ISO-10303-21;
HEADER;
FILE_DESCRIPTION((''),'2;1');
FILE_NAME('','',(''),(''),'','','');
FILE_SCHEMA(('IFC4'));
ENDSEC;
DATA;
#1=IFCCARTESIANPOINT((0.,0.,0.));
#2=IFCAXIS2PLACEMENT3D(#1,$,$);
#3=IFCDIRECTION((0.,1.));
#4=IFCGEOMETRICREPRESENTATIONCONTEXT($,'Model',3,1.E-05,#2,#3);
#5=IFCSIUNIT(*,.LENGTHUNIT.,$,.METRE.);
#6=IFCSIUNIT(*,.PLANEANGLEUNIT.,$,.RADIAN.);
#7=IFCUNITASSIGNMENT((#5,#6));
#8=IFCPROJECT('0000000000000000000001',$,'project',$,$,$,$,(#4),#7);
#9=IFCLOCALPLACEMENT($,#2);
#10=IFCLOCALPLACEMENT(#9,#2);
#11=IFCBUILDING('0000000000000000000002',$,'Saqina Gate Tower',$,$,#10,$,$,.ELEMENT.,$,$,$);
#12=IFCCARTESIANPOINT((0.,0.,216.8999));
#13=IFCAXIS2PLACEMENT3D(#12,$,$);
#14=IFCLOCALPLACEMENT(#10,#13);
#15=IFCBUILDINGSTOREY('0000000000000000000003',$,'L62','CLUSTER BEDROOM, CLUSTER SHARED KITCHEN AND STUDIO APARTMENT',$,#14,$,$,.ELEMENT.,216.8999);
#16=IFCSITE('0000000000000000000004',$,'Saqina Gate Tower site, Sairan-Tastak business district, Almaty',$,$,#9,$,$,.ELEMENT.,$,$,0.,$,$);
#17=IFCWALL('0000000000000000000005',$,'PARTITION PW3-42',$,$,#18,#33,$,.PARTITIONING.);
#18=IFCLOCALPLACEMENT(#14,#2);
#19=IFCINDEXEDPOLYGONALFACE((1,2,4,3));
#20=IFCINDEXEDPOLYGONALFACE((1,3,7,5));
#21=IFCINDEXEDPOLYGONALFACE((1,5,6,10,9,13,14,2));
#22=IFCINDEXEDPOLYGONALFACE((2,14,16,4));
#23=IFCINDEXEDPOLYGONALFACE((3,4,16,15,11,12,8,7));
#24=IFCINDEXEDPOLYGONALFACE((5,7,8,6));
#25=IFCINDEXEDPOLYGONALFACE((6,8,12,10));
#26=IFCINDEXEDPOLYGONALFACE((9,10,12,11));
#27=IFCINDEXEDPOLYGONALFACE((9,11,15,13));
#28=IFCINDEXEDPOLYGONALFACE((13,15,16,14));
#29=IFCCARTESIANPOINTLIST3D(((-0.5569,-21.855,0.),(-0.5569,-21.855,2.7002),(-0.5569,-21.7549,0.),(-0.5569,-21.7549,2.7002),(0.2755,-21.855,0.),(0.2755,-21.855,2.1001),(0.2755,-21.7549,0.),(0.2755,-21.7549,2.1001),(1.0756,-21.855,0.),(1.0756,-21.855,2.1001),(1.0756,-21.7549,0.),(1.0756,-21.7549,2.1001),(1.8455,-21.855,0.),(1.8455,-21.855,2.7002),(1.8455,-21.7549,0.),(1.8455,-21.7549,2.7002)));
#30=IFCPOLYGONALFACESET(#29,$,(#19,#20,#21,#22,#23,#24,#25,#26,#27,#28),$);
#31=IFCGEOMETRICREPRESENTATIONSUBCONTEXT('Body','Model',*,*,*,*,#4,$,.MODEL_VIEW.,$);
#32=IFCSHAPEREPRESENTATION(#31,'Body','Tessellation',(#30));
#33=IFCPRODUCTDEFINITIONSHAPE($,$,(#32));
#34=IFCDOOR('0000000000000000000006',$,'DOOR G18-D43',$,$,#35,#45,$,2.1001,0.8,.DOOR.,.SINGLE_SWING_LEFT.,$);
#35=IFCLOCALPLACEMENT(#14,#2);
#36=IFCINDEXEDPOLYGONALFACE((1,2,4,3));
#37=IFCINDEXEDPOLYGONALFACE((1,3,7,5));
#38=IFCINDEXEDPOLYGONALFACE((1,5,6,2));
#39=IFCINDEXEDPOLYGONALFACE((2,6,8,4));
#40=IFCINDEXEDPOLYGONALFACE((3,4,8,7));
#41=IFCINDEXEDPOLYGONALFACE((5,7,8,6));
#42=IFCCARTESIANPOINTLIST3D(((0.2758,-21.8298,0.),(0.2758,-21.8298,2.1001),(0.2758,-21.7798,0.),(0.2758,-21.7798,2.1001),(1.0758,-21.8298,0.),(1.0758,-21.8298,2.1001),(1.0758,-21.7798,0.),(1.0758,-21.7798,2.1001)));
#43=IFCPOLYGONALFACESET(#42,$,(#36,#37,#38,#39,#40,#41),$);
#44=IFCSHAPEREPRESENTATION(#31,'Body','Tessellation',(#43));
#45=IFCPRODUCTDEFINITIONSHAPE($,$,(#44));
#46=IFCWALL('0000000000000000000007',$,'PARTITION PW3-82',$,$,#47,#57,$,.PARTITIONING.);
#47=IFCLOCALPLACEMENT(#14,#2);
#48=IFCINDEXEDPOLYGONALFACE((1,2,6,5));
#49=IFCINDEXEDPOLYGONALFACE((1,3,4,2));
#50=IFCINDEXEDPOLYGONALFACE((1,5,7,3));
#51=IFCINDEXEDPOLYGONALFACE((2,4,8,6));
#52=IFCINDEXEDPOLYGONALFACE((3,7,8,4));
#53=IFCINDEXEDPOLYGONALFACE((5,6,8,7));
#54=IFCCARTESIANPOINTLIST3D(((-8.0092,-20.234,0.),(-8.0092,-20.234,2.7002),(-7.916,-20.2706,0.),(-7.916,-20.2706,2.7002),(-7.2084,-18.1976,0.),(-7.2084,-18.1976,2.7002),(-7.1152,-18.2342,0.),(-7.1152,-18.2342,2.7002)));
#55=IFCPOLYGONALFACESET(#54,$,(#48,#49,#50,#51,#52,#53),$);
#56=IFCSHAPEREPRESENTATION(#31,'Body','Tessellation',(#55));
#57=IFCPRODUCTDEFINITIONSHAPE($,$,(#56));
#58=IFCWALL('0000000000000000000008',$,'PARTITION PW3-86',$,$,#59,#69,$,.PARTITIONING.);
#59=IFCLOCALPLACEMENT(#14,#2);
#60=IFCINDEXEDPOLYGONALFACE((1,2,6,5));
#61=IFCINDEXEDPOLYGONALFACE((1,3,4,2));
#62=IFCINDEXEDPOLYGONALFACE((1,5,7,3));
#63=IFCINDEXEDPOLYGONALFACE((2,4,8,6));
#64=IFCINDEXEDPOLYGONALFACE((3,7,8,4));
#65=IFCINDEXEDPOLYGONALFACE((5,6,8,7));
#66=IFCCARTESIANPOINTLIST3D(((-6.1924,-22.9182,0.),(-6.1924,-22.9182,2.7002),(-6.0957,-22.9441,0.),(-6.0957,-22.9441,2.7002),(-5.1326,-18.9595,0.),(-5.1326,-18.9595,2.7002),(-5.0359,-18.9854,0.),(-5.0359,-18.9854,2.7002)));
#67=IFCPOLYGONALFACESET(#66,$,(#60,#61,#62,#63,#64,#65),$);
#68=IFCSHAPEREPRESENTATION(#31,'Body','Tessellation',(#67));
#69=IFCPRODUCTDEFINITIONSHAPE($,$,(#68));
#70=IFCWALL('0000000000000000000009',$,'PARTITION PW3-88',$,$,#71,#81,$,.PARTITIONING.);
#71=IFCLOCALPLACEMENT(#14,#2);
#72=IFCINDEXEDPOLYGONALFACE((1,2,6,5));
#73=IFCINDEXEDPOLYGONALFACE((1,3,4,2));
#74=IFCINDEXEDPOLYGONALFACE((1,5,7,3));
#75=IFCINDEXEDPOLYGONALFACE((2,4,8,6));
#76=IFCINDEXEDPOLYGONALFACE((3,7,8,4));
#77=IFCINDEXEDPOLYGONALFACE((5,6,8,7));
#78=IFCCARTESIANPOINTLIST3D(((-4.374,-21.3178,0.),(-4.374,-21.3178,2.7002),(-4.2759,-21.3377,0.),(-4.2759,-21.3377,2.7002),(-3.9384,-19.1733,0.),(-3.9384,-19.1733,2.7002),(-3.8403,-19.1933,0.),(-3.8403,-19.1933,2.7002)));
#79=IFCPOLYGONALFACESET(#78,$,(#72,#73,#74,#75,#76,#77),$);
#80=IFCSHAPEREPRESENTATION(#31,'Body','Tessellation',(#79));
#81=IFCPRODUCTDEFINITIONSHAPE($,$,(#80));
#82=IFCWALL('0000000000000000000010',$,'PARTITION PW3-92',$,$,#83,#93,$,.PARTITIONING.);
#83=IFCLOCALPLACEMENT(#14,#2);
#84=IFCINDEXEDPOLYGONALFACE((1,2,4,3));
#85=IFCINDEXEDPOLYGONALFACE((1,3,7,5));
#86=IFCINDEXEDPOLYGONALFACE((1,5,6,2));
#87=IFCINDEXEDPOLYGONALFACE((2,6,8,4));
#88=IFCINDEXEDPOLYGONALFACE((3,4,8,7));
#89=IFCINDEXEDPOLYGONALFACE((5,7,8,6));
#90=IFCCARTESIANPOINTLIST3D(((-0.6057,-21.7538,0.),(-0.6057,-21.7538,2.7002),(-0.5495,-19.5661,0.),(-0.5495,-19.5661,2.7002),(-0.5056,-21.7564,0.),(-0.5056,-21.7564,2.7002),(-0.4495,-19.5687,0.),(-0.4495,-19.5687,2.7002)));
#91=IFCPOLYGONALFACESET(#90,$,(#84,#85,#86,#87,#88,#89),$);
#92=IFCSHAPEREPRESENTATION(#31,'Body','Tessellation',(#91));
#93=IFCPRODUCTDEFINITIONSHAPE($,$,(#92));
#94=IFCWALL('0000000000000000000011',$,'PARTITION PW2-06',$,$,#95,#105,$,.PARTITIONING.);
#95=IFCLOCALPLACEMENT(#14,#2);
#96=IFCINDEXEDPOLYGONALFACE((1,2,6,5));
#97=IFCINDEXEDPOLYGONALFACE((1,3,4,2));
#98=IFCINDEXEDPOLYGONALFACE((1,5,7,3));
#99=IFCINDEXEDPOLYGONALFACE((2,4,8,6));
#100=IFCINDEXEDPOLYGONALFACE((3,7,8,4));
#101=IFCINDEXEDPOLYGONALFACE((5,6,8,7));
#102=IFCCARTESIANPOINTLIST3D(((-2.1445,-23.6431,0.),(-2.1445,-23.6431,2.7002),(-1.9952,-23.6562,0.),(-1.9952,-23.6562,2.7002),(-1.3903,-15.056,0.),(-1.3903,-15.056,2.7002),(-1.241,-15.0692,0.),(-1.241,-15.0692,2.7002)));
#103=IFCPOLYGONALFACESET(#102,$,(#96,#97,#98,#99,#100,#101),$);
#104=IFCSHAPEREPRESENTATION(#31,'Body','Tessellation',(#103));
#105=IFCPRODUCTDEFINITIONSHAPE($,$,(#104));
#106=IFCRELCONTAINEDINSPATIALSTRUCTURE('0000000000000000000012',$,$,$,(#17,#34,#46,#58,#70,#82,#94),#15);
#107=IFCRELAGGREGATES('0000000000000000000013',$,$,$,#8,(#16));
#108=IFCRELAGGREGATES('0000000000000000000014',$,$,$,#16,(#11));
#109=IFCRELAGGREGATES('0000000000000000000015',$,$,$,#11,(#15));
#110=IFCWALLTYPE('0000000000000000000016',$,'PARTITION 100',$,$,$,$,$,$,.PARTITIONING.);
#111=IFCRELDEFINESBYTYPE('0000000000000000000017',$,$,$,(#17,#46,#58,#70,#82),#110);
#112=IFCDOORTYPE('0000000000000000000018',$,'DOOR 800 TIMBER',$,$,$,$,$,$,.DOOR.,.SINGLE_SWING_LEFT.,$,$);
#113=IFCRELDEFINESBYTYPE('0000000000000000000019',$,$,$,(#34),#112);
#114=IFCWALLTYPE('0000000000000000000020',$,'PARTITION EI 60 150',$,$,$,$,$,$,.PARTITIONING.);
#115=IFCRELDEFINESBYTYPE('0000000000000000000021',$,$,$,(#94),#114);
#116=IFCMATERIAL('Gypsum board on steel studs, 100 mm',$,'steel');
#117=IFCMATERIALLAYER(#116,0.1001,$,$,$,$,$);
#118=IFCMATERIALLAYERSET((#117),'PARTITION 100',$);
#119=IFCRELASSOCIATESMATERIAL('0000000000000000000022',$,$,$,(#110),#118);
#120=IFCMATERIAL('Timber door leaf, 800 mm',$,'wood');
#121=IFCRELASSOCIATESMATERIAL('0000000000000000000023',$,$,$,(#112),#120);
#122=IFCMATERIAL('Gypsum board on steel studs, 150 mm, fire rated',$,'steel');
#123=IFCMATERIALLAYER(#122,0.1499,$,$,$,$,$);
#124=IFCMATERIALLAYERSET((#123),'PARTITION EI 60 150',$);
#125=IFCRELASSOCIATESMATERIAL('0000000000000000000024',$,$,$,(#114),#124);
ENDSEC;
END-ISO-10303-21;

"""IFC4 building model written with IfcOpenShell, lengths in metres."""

from ifc_helpers import new_model, si_unit, direction, frame, frame_2d, origin, place, context, subcontext, project, spatial, rectangle, extrude, material, layer, layer_set, type_object, element, fill, save


model = new_model("IFC4")

# Units and contexts
model_context = context("Model", 3, precision=1e-05, world=origin(), true_north=direction((0.0, 1.0)))
body_context = subcontext(model_context, "Body", "Model", "MODEL_VIEW")
ifc_project = project(units=[si_unit("LENGTHUNIT", "METRE"), si_unit("PLANEANGLEUNIT", "RADIAN")], contexts=[model_context])

# Site, building, storey
site_placement = place(None, origin())
site = spatial("IfcSite", under=ifc_project, at=site_placement, Name="Saqina Gate Tower site, Sairan-Tastak business district, Almaty", CompositionType="ELEMENT", RefElevation=0.0)
building_placement = place(site_placement, origin())
building = spatial("IfcBuilding", under=site, at=building_placement, Name="Saqina Gate Tower", CompositionType="ELEMENT")
storey_placement = place(building_placement, frame((0.0, 0.0, 216.8999)))
storey = spatial("IfcBuildingStorey", under=building, at=storey_placement, Name="L62", Description="CLUSTER BEDROOM, CLUSTER SHARED KITCHEN AND STUDIO APARTMENT", CompositionType="ELEMENT", Elevation=216.8999)

# Wall, opening, door
ifc_material_1 = material(Name="Gypsum board on steel studs, 100 mm", Category="steel")
ifc_layer_1 = layer(ifc_material_1, 0.1001)
ifc_layer_set_1 = layer_set([ifc_layer_1], Name="PARTITION 100")
wall_type_1 = type_object("IfcWallType", Name="PARTITION 100", PredefinedType="PARTITIONING", material=ifc_layer_set_1)
ifc_material_2 = material(Name="Timber door leaf, 800 mm", Category="wood")
door_type = type_object("IfcDoorType", Name="DOOR 800 TIMBER", OperationType="SINGLE_SWING_LEFT", PredefinedType="DOOR", material=ifc_material_2)
wall_1_placement = place(storey_placement, frame((-0.5569, -21.8049, 0.0), z_axis=(0.0, 0.0, 1.0), x_axis=(1.0, 0.0, 0.0)))
wall_1 = element("IfcWall", 1, at=wall_1_placement, inside=storey, type_object=wall_type_1, Name="PARTITION PW3-42", PredefinedType="PARTITIONING", context=body_context, shape_type="SweptSolid", body=[
    extrude(rectangle(XDim=2.4023, YDim=0.1001, at=frame_2d((1.2012, 0.0))), origin(), (0.0, 0.0, 1.0), 2.7002),
])
opening_1_placement = place(wall_1_placement, frame((0.8325, 0.0, 0.0)))
opening_1 = element("IfcOpeningElement", 2, at=opening_1_placement, cuts=wall_1, PredefinedType="OPENING", context=body_context, shape_type="SweptSolid", body=[
    extrude(rectangle(XDim=0.8, YDim=2.1001, at=frame_2d((0.3999, 1.05))), frame((0.0, 0.062, 0.0), z_axis=(0.0, -1.0, 0.0), x_axis=(1.0, 0.0, 0.0)), (0.0, 0.0, 1.0), 0.124),
])
door_1_placement = place(opening_1_placement, frame((0.8, 0.0, 0.0), z_axis=(0.0, 0.0, 1.0), x_axis=(-1.0, 0.0, 0.0)))
door_1 = element("IfcDoor", 3, at=door_1_placement, inside=storey, type_object=door_type, Name="DOOR G18-D43", OperationType="SINGLE_SWING_LEFT", OverallHeight=2.1001, OverallWidth=0.8, PredefinedType="DOOR", context=body_context, shape_type="SweptSolid", body=[
    extrude(rectangle(XDim=0.8, YDim=2.1001, at=frame_2d((0.3999, 1.05))), frame((0.0, 0.0249, 0.0), z_axis=(0.0, -1.0, 0.0), x_axis=(1.0, 0.0, 0.0)), (0.0, 0.0, 1.0), 0.05),
])
fill(opening_1, door_1)

# Walls
wall_2_placement = place(storey_placement, frame((-7.9626, -20.2524, 0.0), z_axis=(0.0, 0.0, 1.0), x_axis=(0.36596, 0.930631, 0.0)))
element("IfcWall", 4, at=wall_2_placement, inside=storey, type_object=wall_type_1, Name="PARTITION PW3-82", PredefinedType="PARTITIONING", context=body_context, shape_type="SweptSolid", body=[
    extrude(rectangle(XDim=2.1882, YDim=0.1001, at=frame_2d((1.0942, 0.0))), origin(), (0.0, 0.0, 1.0), 2.7002),
])
wall_3_placement = place(storey_placement, frame((-6.144, -22.9312, 0.0), z_axis=(0.0, 0.0, 1.0), x_axis=(0.258608, 0.965982, 0.0)))
element("IfcWall", 5, at=wall_3_placement, inside=storey, type_object=wall_type_1, Name="PARTITION PW3-86", PredefinedType="PARTITIONING", context=body_context, shape_type="SweptSolid", body=[
    extrude(rectangle(XDim=4.0981, YDim=0.1001, at=frame_2d((2.0491, 0.0))), origin(), (0.0, 0.0, 1.0), 2.7002),
])
wall_4_placement = place(storey_placement, frame((-4.325, -21.3279, 0.0), z_axis=(0.0, 0.0, 1.0), x_axis=(0.199033, 0.979993, 0.0)))
element("IfcWall", 6, at=wall_4_placement, inside=storey, type_object=wall_type_1, Name="PARTITION PW3-88", PredefinedType="PARTITIONING", context=body_context, shape_type="SweptSolid", body=[
    extrude(rectangle(XDim=2.1882, YDim=0.1001, at=frame_2d((1.0942, 0.0))), origin(), (0.0, 0.0, 1.0), 2.7002),
])
wall_5_placement = place(storey_placement, frame((-0.5557, -21.7551, 0.0), z_axis=(0.0, 0.0, 1.0), x_axis=(0.025658, 0.999671, 0.0)))
element("IfcWall", 7, at=wall_5_placement, inside=storey, type_object=wall_type_1, Name="PARTITION PW3-92", PredefinedType="PARTITIONING", context=body_context, shape_type="SweptSolid", body=[
    extrude(rectangle(XDim=2.1885, YDim=0.1001, at=frame_2d((1.0942, 0.0))), origin(), (0.0, 0.0, 1.0), 2.7002),
])
ifc_material_3 = material(Name="Gypsum board on steel studs, 150 mm, fire rated", Category="steel")
ifc_layer_2 = layer(ifc_material_3, 0.1499)
ifc_layer_set_2 = layer_set([ifc_layer_2], Name="PARTITION EI 60 150")
wall_type_2 = type_object("IfcWallType", Name="PARTITION EI 60 150", PredefinedType="PARTITIONING", material=ifc_layer_set_2)
wall_6_placement = place(storey_placement, frame((-2.0698, -23.6497, 0.0), z_axis=(0.0, 0.0, 1.0), x_axis=(0.087486, 0.996166, 0.0)))
element("IfcWall", 8, at=wall_6_placement, inside=storey, type_object=wall_type_2, Name="PARTITION PW2-06", PredefinedType="PARTITIONING", context=body_context, shape_type="SweptSolid", body=[
    extrude(rectangle(XDim=8.6201, YDim=0.1499, at=frame_2d((4.3101, 0.0))), origin(), (0.0, 0.0, 1.0), 2.7002),
])

save(model, "model.ifc")
